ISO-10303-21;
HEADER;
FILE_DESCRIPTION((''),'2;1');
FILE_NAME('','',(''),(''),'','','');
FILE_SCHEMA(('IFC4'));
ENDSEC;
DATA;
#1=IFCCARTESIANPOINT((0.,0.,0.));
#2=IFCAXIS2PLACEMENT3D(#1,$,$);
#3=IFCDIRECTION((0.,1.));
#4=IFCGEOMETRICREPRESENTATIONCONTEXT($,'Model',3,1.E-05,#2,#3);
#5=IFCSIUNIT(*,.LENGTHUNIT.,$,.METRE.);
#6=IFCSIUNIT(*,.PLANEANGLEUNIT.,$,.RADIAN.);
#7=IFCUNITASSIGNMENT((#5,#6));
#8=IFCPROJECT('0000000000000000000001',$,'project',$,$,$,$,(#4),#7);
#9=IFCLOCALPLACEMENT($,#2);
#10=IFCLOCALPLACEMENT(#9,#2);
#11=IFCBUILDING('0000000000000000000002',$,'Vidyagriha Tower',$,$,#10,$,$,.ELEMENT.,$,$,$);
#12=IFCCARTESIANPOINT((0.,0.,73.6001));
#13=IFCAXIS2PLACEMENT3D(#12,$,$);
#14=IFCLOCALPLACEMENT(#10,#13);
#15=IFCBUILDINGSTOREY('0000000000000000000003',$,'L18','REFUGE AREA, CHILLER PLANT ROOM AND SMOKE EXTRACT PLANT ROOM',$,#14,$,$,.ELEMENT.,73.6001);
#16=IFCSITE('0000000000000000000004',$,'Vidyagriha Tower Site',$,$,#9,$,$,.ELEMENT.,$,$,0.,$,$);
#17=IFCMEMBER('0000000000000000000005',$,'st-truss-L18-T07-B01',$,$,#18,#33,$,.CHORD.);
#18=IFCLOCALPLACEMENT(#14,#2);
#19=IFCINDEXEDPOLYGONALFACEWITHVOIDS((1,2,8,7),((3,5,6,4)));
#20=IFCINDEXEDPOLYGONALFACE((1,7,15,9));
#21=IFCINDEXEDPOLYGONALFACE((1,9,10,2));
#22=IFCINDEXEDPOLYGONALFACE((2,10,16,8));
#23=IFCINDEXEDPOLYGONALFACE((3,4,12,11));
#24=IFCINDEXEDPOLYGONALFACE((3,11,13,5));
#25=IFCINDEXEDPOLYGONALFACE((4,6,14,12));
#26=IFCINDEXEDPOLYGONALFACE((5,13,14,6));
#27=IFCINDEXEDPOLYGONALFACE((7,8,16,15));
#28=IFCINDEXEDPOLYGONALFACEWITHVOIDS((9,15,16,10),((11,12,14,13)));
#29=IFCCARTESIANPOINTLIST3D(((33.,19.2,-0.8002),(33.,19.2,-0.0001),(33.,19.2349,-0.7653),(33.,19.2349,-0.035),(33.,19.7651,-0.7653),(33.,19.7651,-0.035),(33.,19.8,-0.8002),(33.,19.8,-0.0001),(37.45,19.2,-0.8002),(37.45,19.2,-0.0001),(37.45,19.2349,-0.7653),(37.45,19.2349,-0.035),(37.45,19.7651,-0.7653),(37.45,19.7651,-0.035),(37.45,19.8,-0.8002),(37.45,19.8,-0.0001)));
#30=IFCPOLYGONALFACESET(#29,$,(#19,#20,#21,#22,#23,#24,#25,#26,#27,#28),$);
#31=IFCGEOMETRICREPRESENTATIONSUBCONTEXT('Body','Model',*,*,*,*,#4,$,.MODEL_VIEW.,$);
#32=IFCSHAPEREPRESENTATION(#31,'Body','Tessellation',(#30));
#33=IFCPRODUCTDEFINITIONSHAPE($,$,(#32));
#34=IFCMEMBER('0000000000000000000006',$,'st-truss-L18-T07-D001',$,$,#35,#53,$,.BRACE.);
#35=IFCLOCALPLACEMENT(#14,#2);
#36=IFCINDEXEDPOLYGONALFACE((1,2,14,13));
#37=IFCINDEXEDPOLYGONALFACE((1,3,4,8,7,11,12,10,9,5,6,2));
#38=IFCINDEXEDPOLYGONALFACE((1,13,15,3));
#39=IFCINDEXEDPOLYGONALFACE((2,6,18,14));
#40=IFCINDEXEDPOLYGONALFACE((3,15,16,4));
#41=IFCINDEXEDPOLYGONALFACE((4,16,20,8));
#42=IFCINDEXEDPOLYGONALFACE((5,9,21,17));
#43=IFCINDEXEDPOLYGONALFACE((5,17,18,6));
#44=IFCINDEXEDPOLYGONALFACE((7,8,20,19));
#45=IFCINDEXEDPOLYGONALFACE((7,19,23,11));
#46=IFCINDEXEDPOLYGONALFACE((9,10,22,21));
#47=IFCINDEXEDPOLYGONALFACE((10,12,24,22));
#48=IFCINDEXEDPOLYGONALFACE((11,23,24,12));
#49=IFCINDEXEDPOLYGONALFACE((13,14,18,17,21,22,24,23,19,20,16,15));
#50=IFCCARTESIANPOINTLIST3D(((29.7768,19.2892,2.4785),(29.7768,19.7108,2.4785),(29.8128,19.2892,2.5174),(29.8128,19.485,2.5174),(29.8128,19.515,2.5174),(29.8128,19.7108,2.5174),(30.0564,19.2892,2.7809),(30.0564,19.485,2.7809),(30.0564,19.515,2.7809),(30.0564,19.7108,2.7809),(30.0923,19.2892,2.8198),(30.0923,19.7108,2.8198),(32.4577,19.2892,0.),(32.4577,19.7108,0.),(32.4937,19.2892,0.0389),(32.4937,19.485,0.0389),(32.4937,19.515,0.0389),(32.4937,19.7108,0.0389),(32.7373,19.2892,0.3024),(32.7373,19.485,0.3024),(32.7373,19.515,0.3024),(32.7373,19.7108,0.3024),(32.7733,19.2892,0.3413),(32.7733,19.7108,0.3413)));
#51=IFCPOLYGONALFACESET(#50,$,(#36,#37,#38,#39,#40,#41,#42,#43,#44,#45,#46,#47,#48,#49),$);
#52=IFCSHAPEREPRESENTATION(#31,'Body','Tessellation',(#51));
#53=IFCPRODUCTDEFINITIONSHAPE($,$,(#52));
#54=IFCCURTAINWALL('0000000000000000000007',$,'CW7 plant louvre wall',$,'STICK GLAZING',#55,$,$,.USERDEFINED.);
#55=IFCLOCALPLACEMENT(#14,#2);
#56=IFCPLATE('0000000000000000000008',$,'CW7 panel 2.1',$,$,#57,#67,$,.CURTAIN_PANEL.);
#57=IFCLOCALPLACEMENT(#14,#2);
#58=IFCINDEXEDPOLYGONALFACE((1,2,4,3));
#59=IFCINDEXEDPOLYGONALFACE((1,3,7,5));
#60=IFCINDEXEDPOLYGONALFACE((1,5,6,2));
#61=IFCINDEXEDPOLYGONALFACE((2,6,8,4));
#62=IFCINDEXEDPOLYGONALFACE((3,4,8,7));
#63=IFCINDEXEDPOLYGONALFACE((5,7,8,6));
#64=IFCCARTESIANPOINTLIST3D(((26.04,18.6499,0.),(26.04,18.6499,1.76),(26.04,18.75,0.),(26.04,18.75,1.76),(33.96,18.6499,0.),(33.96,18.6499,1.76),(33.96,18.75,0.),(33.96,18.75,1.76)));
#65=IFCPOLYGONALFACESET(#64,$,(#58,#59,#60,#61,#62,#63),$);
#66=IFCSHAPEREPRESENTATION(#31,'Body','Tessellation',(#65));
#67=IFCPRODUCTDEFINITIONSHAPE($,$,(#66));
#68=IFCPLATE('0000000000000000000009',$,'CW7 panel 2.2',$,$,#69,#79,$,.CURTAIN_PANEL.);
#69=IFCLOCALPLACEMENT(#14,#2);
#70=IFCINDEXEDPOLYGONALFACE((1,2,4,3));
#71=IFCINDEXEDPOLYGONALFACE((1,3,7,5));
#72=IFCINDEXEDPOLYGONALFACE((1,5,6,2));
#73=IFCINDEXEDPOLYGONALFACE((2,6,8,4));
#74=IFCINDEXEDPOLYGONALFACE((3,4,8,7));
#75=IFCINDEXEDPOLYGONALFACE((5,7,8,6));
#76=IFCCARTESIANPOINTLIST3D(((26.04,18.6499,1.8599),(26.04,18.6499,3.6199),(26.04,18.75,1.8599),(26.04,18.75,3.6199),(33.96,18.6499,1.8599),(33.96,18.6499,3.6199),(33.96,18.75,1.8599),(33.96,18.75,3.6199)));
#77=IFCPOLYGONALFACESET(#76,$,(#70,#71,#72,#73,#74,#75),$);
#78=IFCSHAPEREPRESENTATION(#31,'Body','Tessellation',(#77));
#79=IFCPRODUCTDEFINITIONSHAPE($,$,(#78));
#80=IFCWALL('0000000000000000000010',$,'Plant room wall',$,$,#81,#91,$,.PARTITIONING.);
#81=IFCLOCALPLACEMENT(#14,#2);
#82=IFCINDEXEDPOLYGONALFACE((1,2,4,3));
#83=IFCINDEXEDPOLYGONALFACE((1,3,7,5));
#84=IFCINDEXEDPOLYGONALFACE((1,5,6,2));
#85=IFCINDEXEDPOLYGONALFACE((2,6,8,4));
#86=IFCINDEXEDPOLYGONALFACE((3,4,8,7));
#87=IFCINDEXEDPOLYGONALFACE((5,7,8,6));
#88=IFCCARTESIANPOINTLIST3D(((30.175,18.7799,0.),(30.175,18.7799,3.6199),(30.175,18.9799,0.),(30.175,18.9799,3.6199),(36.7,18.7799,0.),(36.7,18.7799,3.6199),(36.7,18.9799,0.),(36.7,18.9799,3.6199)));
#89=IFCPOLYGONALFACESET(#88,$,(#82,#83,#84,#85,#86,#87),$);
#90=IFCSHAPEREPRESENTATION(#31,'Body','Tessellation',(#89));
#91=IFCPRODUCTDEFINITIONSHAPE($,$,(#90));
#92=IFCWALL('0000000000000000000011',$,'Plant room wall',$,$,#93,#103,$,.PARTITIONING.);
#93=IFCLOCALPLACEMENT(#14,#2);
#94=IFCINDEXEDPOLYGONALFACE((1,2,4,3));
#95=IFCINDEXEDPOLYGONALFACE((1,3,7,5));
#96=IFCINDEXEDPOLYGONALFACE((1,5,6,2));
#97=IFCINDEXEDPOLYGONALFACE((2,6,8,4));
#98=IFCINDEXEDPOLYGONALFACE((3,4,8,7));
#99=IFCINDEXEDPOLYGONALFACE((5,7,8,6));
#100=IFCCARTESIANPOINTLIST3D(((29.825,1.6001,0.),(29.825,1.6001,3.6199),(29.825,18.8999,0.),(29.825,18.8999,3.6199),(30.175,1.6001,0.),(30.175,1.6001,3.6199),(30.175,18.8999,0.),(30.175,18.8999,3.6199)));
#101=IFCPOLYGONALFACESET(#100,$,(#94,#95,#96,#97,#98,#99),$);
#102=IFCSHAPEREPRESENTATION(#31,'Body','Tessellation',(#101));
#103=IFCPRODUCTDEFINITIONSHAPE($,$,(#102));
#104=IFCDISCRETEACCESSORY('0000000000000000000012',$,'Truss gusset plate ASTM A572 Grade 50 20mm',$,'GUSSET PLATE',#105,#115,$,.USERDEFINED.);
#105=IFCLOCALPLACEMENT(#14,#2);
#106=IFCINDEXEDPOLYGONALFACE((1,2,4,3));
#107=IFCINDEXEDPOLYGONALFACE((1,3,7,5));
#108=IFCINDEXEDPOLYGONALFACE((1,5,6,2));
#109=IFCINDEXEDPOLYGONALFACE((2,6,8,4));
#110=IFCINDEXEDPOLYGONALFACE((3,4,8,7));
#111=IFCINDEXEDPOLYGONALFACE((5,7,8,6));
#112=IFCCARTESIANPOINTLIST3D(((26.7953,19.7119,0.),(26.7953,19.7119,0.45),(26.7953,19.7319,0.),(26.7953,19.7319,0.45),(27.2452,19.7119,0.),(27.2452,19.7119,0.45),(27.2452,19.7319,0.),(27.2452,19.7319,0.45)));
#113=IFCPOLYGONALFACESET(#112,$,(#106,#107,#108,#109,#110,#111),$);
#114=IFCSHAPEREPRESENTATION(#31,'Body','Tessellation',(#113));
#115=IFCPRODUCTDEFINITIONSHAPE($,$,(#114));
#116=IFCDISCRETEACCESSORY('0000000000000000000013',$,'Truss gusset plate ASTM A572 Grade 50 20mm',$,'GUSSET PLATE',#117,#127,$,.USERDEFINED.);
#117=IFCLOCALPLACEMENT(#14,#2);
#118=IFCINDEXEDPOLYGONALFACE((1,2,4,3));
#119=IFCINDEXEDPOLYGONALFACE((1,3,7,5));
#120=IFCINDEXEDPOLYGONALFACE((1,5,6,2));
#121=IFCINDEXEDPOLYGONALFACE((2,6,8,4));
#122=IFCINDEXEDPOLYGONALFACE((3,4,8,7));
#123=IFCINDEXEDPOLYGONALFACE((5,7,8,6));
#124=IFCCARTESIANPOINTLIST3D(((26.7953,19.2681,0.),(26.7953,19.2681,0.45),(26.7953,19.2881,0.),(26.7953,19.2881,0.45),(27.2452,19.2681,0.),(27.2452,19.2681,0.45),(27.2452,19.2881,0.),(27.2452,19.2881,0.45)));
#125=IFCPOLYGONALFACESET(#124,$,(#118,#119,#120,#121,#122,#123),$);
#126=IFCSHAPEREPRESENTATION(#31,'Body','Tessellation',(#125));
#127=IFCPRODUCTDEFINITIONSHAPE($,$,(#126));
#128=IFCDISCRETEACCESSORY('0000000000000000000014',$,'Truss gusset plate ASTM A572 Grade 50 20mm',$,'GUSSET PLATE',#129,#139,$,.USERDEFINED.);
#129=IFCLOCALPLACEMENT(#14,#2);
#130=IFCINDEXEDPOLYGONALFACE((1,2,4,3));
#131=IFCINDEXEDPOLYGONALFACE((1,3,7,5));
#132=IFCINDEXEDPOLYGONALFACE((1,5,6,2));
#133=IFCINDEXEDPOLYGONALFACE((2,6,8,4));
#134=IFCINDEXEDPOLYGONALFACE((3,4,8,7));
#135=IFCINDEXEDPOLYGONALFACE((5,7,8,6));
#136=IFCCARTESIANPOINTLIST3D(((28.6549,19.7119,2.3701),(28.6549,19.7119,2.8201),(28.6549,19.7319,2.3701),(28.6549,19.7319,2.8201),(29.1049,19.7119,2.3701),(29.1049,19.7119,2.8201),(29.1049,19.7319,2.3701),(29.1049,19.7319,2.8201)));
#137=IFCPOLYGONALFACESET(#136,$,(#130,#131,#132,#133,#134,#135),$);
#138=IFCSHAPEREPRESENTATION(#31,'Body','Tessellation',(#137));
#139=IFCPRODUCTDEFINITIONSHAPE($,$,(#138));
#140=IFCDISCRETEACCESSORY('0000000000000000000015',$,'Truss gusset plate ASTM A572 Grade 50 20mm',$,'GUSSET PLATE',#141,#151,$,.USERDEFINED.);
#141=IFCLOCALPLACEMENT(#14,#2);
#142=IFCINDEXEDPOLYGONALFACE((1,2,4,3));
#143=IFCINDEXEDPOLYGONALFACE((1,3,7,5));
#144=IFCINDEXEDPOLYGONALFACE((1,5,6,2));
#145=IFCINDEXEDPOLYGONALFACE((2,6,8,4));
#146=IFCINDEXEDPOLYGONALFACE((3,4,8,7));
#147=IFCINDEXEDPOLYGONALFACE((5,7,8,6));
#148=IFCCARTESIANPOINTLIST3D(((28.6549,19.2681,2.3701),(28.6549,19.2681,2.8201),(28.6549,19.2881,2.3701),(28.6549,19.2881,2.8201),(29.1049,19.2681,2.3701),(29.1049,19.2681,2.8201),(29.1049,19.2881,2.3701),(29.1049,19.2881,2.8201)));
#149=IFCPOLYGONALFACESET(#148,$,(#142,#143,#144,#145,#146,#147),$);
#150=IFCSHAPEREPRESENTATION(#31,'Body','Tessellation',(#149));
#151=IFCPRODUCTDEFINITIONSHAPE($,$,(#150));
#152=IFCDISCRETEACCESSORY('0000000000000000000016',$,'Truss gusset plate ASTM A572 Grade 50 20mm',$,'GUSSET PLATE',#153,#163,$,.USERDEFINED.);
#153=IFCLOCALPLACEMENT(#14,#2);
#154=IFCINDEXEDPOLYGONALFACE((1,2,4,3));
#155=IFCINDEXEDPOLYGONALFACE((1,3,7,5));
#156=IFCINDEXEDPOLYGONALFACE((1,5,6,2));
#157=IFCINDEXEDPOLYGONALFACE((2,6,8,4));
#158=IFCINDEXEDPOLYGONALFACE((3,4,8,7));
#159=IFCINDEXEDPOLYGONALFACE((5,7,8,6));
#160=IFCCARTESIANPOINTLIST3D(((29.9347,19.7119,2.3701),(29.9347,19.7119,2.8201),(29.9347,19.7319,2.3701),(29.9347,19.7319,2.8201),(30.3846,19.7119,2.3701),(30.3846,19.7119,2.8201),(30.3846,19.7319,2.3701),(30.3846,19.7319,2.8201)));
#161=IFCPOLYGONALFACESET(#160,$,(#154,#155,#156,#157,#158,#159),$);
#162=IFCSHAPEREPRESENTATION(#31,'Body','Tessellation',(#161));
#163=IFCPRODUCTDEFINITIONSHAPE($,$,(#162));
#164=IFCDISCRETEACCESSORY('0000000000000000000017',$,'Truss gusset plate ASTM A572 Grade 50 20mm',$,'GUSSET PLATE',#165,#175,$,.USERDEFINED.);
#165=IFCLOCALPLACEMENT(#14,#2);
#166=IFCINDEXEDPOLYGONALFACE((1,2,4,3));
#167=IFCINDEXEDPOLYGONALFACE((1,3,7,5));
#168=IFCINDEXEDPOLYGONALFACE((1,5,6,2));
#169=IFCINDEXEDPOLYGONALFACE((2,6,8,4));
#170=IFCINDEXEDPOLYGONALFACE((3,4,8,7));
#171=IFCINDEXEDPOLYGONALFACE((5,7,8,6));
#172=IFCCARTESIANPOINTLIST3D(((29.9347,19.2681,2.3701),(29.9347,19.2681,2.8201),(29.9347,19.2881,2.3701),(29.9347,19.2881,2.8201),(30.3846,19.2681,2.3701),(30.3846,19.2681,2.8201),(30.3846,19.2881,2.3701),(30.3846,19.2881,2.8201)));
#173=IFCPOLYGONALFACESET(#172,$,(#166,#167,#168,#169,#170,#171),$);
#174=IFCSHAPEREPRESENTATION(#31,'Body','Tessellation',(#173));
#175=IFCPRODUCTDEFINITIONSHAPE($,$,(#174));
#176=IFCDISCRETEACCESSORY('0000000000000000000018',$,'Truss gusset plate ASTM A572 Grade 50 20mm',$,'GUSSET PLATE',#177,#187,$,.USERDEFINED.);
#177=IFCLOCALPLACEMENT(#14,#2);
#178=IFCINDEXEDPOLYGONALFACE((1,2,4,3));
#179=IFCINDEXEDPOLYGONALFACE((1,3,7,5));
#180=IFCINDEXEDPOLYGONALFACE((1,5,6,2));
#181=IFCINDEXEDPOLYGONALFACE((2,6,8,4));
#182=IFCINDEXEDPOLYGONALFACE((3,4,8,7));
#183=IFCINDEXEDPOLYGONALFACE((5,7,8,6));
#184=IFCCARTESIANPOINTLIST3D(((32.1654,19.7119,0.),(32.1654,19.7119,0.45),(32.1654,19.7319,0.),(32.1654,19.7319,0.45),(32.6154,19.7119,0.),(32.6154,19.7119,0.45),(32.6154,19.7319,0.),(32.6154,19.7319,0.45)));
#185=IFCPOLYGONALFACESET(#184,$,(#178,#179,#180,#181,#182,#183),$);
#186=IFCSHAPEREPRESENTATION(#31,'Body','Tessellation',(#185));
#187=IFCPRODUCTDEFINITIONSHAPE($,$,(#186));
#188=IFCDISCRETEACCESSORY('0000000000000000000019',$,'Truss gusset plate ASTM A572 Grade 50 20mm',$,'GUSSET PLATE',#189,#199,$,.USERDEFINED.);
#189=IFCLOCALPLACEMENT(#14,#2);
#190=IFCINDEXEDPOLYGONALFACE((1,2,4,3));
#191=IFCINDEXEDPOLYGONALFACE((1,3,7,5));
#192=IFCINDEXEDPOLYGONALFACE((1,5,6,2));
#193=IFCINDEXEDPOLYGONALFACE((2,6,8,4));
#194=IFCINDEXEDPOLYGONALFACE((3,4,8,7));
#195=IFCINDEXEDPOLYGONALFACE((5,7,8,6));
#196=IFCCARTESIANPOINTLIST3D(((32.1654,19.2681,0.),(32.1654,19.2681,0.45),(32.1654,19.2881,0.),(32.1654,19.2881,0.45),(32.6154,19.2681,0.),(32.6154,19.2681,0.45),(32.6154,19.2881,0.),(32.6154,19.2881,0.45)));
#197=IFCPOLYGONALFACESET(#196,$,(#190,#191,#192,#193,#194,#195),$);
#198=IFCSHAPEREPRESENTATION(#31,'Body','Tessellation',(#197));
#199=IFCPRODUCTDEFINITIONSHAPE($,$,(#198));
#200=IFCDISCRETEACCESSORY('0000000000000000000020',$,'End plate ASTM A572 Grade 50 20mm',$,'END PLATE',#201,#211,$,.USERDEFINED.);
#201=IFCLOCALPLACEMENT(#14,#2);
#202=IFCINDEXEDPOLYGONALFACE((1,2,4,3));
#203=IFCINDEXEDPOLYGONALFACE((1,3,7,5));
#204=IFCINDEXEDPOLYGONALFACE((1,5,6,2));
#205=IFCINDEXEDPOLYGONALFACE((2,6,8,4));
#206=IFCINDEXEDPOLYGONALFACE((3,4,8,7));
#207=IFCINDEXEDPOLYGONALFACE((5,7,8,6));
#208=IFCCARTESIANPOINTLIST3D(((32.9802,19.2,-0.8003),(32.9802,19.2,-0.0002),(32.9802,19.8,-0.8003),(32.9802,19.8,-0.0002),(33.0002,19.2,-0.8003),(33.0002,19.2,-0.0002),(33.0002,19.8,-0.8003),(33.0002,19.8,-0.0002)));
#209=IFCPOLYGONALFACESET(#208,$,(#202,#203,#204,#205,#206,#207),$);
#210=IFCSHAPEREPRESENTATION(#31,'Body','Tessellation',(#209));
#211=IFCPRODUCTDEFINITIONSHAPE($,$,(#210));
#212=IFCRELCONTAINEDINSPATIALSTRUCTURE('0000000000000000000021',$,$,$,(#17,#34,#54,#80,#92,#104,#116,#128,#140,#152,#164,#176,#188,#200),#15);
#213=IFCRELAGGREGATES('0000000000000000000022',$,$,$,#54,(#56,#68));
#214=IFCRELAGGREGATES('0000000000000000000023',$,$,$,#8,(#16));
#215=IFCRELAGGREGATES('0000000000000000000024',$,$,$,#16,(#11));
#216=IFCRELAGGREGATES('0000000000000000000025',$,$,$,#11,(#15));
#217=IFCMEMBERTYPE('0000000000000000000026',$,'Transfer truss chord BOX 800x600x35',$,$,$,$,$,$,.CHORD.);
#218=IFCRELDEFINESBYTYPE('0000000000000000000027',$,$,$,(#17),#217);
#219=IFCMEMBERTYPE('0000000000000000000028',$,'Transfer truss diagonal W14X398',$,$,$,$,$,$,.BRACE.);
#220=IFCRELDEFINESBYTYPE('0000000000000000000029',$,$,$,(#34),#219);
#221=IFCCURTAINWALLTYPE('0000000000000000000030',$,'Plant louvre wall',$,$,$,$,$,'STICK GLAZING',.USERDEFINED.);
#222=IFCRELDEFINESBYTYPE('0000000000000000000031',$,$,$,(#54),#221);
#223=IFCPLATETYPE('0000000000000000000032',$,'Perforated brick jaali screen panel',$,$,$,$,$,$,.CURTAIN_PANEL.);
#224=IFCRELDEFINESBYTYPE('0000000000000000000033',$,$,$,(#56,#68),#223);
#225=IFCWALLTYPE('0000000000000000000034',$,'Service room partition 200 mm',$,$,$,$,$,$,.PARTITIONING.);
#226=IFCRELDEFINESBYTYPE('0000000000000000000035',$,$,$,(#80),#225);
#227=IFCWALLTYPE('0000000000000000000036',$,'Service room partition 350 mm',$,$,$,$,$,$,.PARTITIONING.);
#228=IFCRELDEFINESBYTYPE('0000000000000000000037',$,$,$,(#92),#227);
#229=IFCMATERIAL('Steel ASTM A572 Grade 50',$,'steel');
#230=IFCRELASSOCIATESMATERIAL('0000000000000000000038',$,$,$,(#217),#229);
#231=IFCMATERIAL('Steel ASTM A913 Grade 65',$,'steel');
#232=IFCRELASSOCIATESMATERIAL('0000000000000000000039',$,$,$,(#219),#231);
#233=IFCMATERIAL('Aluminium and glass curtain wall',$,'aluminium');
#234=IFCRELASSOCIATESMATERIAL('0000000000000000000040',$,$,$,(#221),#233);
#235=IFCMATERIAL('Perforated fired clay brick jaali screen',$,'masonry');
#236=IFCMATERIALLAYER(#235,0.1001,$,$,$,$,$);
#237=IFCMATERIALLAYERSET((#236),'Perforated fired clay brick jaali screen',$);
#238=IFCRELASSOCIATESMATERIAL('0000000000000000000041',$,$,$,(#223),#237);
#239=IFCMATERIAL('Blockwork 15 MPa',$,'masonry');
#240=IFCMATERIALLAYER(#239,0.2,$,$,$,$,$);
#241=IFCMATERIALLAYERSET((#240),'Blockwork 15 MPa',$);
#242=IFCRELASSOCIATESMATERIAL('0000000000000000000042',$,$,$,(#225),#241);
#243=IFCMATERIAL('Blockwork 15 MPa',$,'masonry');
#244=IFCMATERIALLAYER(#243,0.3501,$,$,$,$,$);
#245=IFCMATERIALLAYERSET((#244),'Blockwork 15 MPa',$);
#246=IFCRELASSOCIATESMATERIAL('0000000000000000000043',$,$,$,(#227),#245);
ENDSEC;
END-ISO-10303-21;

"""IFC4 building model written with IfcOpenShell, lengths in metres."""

from ifc_helpers import new_model, si_unit, direction, frame, frame_2d, origin, origin_2d, place, context, subcontext, project, spatial, rectangle, hollow_rectangle, i_section, extrude, material, layer, layer_set, material_profile, profile_set, type_object, element, aggregate, save


model = new_model("IFC4")

# Units and contexts
model_context = context("Model", 3, precision=1e-05, world=origin(), true_north=direction((0.0, 1.0)))
body_context = subcontext(model_context, "Body", "Model", "MODEL_VIEW")
ifc_project = project(units=[si_unit("LENGTHUNIT", "METRE"), si_unit("PLANEANGLEUNIT", "RADIAN")], contexts=[model_context])

# Site, building, storey
site_placement = place(None, origin())
site = spatial("IfcSite", under=ifc_project, at=site_placement, Name="Vidyagriha Tower Site", CompositionType="ELEMENT", RefElevation=0.0)
building_placement = place(site_placement, origin())
building = spatial("IfcBuilding", under=site, at=building_placement, Name="Vidyagriha Tower", CompositionType="ELEMENT")
storey_placement = place(building_placement, frame((0.0, 0.0, 73.6001)))
storey = spatial("IfcBuildingStorey", under=building, at=storey_placement, Name="L18", Description="REFUGE AREA, CHILLER PLANT ROOM AND SMOKE EXTRACT PLANT ROOM", CompositionType="ELEMENT", Elevation=73.6001)

# Members
ifc_material_1 = material(Name="Steel ASTM A572 Grade 50", Category="steel")
ifc_material_profile_1 = material_profile(ifc_material_1, hollow_rectangle(XDim=0.6001, YDim=0.8, WallThickness=0.0349, at=origin_2d()), Name="BOX 800x600x35")
ifc_profile_set_1 = profile_set([ifc_material_profile_1], Name="Steel ASTM A572 Grade 50")
member_type_1 = type_object("IfcMemberType", Name="Transfer truss chord BOX 800x600x35", PredefinedType="CHORD", material=ifc_profile_set_1)
member_1_placement = place(storey_placement, frame((33.0, 19.5, -0.4001), z_axis=(1.0, 0.0, 0.0), x_axis=(0.0, 1.0, 0.0)))
element("IfcMember", 1, at=member_1_placement, inside=storey, type_object=member_type_1, Name="st-truss-L18-T07-B01", PredefinedType="CHORD", context=body_context, shape_type="SweptSolid", body=[
    extrude(hollow_rectangle(XDim=0.6001, YDim=0.8, WallThickness=0.0349, at=origin_2d()), origin(), (0.0, 0.0, 1.0), 4.45),
])
ifc_material_2 = material(Name="Steel ASTM A913 Grade 65", Category="steel")
ifc_material_profile_2 = material_profile(ifc_material_2, i_section(OverallWidth=0.4216, OverallDepth=0.4648, WebThickness=0.03, FlangeThickness=0.053, at=origin_2d()), Name="W14X398")
ifc_profile_set_2 = profile_set([ifc_material_profile_2], Name="Steel ASTM A913 Grade 65")
member_type_2 = type_object("IfcMemberType", Name="Transfer truss diagonal W14X398", PredefinedType="BRACE", material=ifc_profile_set_2)
member_2_placement = place(storey_placement, frame((29.9346, 19.5, 2.6492), z_axis=(0.73428, 0.0, -0.678846), x_axis=(0.0, 1.0, 0.0)))
element("IfcMember", 2, at=member_2_placement, inside=storey, type_object=member_type_2, Name="st-truss-L18-T07-D001", PredefinedType="BRACE", context=body_context, shape_type="SweptSolid", body=[
    extrude(i_section(OverallWidth=0.4216, OverallDepth=0.4648, WebThickness=0.03, FlangeThickness=0.053, at=origin_2d()), origin(), (0.0, 0.0, 1.0), 3.6511),
])

# Curtain wall, plates
ifc_material_3 = material(Name="Aluminium and glass curtain wall", Category="aluminium")
curtain_wall_type = type_object("IfcCurtainWallType", Name="Plant louvre wall", ElementType="STICK GLAZING", PredefinedType="USERDEFINED", material=ifc_material_3)
curtain_wall_placement = place(storey_placement, origin())
curtain_wall = element("IfcCurtainWall", 3, at=curtain_wall_placement, inside=storey, type_object=curtain_wall_type, Name="CW7 plant louvre wall", ObjectType="STICK GLAZING", PredefinedType="USERDEFINED")
ifc_material_4 = material(Name="Perforated fired clay brick jaali screen", Category="masonry")
ifc_layer_1 = layer(ifc_material_4, 0.1001)
ifc_layer_set_1 = layer_set([ifc_layer_1], Name="Perforated fired clay brick jaali screen")
plate_type = type_object("IfcPlateType", Name="Perforated brick jaali screen panel", PredefinedType="CURTAIN_PANEL", material=ifc_layer_set_1)
plate_1_placement = place(storey_placement, frame((30.0, 18.7, 0.0), z_axis=(0.0, 0.0, 1.0), x_axis=(-1.0, 0.0, 0.0)))
plate_1 = element("IfcPlate", 4, at=plate_1_placement, type_object=plate_type, Name="CW7 panel 2.1", PredefinedType="CURTAIN_PANEL", context=body_context, shape_type="SweptSolid", body=[
    extrude(rectangle(XDim=7.9199, YDim=0.1001, at=origin_2d()), origin(), (0.0, 0.0, 1.0), 1.76),
])
plate_2_placement = place(storey_placement, frame((30.0, 18.7, 1.8599), z_axis=(0.0, 0.0, 1.0), x_axis=(-1.0, 0.0, 0.0)))
plate_2 = element("IfcPlate", 5, at=plate_2_placement, type_object=plate_type, Name="CW7 panel 2.2", PredefinedType="CURTAIN_PANEL", context=body_context, shape_type="SweptSolid", body=[
    extrude(rectangle(XDim=7.9199, YDim=0.1001, at=origin_2d()), origin(), (0.0, 0.0, 1.0), 1.76),
])
aggregate(curtain_wall, [plate_1, plate_2])

# Walls
ifc_material_5 = material(Name="Blockwork 15 MPa", Category="masonry")
ifc_layer_2 = layer(ifc_material_5, 0.2)
ifc_layer_set_2 = layer_set([ifc_layer_2], Name="Blockwork 15 MPa")
wall_type_1 = type_object("IfcWallType", Name="Service room partition 200 mm", PredefinedType="PARTITIONING", material=ifc_layer_set_2)
wall_1_placement = place(storey_placement, frame((30.175, 18.8799, 0.0)))
element("IfcWall", 6, at=wall_1_placement, inside=storey, type_object=wall_type_1, Name="Plant room wall", PredefinedType="PARTITIONING", context=body_context, shape_type="SweptSolid", body=[
    extrude(rectangle(XDim=6.5249, YDim=0.2, at=frame_2d((3.2625, 0.0))), origin(), (0.0, 0.0, 1.0), 3.6199),
])
ifc_material_6 = material(Name="Blockwork 15 MPa", Category="masonry")
ifc_layer_3 = layer(ifc_material_6, 0.3501)
ifc_layer_set_3 = layer_set([ifc_layer_3], Name="Blockwork 15 MPa")
wall_type_2 = type_object("IfcWallType", Name="Service room partition 350 mm", PredefinedType="PARTITIONING", material=ifc_layer_set_3)
wall_2_placement = place(storey_placement, frame((30.0, 1.6001, 0.0), z_axis=(0.0, 0.0, 1.0), x_axis=(0.0, 1.0, 0.0)))
element("IfcWall", 7, at=wall_2_placement, inside=storey, type_object=wall_type_2, Name="Plant room wall", PredefinedType="PARTITIONING", context=body_context, shape_type="SweptSolid", body=[
    extrude(rectangle(XDim=17.2998, YDim=0.3501, at=frame_2d((8.6499, 0.0))), origin(), (0.0, 0.0, 1.0), 3.6199),
])

# Discrete accessories
for number, where, name in (
    (8, (27.0203, 19.7219, 0.0), "Truss gusset plate ASTM A572 Grade 50 20mm"),
    (9, (27.0203, 19.2781, 0.0), "Truss gusset plate ASTM A572 Grade 50 20mm"),
    (10, (28.8799, 19.7219, 2.3701), "Truss gusset plate ASTM A572 Grade 50 20mm"),
    (11, (28.8799, 19.2781, 2.3701), "Truss gusset plate ASTM A572 Grade 50 20mm"),
    (12, (30.1597, 19.7219, 2.3701), "Truss gusset plate ASTM A572 Grade 50 20mm"),
    (13, (30.1597, 19.2781, 2.3701), "Truss gusset plate ASTM A572 Grade 50 20mm"),
    (14, (32.3904, 19.7219, 0.0), "Truss gusset plate ASTM A572 Grade 50 20mm"),
    (15, (32.3904, 19.2781, 0.0), "Truss gusset plate ASTM A572 Grade 50 20mm"),
):
    element("IfcDiscreteAccessory", number, at=place(storey_placement, frame(where)), inside=storey, Name=name, ObjectType="GUSSET PLATE", PredefinedType="USERDEFINED", context=body_context, shape_type="SweptSolid", body=[
        extrude(rectangle(XDim=0.45, YDim=0.02, at=origin_2d()), origin(), (0.0, 0.0, 1.0), 0.45),
    ])
discrete_accessory_placement = place(storey_placement, frame((32.9902, 19.5, -0.8003)))
element("IfcDiscreteAccessory", 16, at=discrete_accessory_placement, inside=storey, Name="End plate ASTM A572 Grade 50 20mm", ObjectType="END PLATE", PredefinedType="USERDEFINED", context=body_context, shape_type="SweptSolid", body=[
    extrude(rectangle(XDim=0.02, YDim=0.6001, at=origin_2d()), origin(), (0.0, 0.0, 1.0), 0.8),
])

save(model, "model.ifc")
